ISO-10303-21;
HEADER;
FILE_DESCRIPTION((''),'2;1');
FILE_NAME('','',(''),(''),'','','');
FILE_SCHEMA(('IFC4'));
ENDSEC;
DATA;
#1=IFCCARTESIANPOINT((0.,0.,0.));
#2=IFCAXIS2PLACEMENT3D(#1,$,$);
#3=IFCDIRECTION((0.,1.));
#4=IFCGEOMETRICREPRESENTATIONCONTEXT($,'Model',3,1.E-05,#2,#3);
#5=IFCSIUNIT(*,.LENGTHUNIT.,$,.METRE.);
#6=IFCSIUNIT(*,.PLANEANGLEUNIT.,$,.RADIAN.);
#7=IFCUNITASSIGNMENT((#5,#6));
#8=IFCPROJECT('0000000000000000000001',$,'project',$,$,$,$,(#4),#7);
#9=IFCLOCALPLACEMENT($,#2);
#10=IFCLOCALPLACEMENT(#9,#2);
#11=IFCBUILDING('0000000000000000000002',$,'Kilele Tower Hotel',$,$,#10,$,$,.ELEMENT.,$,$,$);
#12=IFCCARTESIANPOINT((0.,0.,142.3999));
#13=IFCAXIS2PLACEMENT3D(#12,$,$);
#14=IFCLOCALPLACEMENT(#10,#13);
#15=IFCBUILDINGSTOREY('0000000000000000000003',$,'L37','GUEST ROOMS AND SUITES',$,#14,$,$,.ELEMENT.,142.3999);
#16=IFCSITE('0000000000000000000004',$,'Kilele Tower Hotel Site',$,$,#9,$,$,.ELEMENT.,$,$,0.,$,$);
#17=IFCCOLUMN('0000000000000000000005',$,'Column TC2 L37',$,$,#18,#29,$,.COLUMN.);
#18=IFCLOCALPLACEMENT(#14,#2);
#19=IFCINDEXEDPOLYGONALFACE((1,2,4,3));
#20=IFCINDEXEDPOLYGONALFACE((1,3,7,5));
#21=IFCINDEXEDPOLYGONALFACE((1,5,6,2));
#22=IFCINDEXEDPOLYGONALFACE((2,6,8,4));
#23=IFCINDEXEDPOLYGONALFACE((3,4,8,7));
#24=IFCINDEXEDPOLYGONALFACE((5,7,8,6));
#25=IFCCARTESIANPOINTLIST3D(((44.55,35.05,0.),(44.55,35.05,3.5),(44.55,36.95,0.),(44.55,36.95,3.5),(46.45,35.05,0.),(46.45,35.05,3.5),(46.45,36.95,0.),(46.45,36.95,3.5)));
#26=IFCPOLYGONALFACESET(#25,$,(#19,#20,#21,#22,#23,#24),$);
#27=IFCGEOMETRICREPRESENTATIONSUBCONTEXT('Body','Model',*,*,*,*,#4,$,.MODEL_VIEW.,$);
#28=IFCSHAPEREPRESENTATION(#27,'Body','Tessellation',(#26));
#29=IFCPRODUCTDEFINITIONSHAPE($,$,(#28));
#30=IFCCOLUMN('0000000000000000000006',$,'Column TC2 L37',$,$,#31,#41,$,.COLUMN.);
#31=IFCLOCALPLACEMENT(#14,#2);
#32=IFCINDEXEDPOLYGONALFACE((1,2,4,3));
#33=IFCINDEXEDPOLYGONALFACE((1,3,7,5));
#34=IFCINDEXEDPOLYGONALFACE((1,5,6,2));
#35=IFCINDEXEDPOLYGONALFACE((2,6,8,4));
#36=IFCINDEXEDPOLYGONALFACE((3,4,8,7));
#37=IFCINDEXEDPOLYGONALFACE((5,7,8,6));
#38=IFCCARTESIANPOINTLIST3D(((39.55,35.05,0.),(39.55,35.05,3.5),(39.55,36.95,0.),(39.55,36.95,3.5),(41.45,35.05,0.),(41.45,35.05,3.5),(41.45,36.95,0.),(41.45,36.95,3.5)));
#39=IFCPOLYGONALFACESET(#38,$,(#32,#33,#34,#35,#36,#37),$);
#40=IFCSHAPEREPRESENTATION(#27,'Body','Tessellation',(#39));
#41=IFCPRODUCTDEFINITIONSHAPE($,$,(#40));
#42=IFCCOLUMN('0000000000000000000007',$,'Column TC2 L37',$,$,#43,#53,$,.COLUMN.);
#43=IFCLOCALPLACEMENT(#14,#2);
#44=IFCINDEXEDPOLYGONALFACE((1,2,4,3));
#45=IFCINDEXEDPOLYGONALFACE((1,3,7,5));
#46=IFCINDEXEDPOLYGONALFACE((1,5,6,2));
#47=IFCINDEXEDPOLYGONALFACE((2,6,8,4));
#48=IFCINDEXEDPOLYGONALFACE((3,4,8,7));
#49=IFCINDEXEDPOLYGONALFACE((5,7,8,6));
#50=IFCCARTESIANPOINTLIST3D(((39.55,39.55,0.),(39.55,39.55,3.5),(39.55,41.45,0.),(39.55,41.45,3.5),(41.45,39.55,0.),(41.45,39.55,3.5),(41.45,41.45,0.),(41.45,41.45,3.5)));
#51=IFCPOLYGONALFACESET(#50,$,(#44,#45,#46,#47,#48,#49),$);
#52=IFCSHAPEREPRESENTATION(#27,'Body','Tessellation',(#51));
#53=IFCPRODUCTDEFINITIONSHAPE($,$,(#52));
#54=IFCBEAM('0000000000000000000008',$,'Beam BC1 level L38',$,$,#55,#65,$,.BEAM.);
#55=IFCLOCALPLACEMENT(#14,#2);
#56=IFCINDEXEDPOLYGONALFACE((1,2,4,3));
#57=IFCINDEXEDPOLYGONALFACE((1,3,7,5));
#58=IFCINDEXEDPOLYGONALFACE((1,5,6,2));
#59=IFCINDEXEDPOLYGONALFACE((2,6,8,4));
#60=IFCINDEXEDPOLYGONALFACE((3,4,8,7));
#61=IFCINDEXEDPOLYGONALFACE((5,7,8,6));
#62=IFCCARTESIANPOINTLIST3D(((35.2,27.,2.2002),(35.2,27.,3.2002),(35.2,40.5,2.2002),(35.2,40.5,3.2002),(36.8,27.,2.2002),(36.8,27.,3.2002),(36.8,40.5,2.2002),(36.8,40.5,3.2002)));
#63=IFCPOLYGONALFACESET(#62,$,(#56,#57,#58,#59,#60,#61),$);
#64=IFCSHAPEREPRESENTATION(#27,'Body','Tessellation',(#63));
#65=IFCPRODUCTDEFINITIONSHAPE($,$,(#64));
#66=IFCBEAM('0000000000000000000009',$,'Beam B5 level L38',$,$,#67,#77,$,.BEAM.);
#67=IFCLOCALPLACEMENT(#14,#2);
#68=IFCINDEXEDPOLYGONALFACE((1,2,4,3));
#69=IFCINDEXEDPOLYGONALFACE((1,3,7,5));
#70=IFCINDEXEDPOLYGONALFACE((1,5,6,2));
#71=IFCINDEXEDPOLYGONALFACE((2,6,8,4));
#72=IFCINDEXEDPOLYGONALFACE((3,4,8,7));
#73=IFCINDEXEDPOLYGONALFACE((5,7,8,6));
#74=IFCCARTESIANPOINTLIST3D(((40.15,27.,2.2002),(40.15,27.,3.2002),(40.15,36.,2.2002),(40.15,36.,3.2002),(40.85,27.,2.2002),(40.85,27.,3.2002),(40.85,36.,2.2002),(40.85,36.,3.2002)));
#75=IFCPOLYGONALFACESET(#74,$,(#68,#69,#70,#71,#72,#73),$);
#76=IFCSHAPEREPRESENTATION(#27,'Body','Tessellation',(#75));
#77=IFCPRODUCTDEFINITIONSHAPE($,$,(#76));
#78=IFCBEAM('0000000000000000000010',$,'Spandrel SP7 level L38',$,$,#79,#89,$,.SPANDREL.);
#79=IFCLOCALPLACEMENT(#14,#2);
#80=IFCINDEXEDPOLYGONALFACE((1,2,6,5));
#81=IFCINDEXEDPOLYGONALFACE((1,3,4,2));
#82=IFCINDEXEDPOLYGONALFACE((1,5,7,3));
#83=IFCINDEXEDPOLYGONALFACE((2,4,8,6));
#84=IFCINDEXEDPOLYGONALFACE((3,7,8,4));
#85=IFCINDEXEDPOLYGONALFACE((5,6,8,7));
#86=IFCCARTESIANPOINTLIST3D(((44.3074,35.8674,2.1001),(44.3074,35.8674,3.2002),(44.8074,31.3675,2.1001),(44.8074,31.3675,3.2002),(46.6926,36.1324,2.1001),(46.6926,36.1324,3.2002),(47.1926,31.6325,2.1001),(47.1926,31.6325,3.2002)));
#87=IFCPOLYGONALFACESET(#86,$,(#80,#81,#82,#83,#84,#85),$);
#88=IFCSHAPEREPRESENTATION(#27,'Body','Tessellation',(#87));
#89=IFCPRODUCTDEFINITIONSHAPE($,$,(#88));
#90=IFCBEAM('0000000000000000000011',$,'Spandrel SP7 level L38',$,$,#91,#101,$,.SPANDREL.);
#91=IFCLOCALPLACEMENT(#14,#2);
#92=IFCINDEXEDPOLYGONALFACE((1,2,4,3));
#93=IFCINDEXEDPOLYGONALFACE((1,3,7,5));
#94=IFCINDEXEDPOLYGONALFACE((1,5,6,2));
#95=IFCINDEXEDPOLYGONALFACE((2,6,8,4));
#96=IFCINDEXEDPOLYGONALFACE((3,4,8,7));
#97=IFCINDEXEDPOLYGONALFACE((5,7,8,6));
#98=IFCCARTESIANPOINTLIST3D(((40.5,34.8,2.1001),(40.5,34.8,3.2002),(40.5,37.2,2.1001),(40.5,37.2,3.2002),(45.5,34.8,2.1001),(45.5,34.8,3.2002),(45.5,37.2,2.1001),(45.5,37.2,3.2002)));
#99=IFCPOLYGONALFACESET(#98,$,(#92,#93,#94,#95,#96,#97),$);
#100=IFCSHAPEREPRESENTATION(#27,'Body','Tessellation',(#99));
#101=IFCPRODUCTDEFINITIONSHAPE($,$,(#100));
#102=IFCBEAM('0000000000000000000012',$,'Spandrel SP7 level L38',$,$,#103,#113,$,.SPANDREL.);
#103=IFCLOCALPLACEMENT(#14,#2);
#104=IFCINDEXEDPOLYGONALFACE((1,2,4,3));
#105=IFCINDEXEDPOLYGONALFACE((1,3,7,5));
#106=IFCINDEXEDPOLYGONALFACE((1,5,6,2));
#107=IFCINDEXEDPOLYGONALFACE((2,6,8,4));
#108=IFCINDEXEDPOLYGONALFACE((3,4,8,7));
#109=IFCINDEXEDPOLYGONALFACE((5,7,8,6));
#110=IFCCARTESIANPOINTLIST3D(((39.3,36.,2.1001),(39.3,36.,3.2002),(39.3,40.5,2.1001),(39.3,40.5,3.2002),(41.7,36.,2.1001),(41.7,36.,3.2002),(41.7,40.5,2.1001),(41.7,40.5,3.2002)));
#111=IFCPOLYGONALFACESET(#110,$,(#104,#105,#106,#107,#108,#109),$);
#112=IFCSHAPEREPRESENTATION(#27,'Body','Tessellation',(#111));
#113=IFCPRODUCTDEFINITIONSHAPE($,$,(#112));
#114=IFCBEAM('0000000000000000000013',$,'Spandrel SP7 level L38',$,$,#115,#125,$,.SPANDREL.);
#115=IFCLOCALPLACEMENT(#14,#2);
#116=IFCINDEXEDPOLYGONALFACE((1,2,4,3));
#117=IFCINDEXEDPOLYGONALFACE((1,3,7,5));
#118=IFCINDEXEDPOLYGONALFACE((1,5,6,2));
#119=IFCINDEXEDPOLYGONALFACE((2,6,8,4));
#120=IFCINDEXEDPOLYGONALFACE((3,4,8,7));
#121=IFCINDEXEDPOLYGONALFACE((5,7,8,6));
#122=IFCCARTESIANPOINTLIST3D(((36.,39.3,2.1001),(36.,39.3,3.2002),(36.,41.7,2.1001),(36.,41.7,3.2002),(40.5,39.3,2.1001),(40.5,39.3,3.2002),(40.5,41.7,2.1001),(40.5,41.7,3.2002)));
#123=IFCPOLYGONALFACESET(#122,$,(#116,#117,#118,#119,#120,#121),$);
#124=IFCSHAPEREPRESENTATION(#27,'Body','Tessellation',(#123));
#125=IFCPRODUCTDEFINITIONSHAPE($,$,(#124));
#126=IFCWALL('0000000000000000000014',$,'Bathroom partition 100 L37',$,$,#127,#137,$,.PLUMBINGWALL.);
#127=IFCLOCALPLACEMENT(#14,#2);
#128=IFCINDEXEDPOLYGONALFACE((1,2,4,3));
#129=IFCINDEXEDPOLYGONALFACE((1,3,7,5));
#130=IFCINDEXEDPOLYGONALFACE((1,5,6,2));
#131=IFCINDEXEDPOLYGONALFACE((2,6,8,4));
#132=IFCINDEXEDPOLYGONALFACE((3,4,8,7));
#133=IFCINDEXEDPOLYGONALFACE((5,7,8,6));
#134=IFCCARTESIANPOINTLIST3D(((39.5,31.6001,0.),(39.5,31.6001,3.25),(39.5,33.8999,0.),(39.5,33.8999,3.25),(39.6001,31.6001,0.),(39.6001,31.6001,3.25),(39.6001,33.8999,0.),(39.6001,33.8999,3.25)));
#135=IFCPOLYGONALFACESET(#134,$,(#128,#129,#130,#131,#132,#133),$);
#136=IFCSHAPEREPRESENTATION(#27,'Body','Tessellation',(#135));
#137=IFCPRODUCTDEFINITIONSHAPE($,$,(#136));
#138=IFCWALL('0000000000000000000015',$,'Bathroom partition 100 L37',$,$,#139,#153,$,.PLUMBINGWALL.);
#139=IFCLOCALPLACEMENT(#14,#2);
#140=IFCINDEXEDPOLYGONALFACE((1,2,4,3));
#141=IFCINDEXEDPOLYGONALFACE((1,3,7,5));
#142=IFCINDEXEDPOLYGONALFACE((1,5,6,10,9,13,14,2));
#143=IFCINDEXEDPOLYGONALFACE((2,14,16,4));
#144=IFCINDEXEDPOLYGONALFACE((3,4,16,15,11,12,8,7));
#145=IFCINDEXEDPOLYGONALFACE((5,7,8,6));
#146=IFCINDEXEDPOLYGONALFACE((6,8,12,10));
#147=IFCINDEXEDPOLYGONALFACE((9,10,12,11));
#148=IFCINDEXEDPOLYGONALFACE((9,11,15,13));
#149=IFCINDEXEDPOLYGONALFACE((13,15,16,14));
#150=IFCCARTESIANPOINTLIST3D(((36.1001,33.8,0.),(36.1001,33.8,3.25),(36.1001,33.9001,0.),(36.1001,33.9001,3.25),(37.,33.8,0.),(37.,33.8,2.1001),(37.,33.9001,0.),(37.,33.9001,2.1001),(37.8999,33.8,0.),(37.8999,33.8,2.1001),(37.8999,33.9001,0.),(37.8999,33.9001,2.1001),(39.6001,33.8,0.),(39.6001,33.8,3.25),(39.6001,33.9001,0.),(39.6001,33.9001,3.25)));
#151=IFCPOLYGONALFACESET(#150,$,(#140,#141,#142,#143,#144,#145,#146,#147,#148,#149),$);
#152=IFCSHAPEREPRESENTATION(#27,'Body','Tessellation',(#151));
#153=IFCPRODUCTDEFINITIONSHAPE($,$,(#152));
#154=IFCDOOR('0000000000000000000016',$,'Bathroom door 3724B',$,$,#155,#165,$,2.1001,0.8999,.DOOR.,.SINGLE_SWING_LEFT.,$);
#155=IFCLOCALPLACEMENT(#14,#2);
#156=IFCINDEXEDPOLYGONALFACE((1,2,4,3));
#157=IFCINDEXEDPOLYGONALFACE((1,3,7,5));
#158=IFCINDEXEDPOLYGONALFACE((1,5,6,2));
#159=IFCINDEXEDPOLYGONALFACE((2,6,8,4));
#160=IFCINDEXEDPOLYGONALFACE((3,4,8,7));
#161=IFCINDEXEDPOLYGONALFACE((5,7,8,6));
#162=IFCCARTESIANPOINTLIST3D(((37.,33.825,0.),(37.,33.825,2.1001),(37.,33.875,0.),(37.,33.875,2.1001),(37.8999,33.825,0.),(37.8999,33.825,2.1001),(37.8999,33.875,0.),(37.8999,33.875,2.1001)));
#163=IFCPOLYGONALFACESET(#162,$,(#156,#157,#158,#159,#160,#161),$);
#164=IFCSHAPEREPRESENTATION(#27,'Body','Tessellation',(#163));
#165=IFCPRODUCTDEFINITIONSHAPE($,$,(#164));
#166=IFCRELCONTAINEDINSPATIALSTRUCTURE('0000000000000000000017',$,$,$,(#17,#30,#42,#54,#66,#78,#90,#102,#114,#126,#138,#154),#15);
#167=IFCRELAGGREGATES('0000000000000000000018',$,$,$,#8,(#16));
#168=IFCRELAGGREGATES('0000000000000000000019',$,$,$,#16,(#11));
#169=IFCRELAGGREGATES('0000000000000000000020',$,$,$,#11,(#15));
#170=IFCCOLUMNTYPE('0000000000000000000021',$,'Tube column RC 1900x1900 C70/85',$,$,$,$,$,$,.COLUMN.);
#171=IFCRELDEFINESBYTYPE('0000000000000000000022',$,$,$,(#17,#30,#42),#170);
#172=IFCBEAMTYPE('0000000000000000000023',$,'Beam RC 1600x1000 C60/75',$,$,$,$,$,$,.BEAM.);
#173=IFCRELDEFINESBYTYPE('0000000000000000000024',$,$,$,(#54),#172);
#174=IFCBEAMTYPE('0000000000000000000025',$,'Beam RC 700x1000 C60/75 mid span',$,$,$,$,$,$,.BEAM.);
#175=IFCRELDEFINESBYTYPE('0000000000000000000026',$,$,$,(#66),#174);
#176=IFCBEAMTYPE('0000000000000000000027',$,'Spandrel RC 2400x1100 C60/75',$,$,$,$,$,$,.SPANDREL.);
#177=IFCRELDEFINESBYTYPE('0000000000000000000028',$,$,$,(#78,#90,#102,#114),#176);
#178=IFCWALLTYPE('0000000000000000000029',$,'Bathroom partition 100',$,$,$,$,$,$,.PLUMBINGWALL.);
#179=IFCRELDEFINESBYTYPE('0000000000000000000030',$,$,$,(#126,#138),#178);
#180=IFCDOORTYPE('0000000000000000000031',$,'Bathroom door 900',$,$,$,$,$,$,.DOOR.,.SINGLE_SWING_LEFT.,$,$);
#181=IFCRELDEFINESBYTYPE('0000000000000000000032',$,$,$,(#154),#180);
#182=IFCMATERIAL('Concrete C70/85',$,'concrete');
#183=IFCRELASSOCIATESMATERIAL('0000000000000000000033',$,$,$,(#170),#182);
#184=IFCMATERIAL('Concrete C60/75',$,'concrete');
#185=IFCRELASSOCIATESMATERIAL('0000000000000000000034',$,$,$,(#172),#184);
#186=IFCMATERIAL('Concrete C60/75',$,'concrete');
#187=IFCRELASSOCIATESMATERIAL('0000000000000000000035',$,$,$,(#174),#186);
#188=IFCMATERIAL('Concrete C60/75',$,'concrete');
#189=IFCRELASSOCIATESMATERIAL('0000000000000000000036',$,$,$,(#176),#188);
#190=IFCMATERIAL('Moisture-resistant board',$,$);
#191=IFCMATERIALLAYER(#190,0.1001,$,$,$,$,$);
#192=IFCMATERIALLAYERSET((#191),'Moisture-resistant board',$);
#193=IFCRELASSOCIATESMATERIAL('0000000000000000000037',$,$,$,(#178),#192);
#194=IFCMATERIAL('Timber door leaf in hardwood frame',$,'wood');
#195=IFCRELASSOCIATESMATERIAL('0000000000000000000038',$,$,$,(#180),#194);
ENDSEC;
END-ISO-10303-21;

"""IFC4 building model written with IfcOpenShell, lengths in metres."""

from ifc_helpers import new_model, si_unit, direction, frame, frame_2d, origin, origin_2d, place, context, subcontext, project, spatial, rectangle, extrude, material, layer, layer_set, material_profile, profile_set, type_object, element, fill, save


model = new_model("IFC4")

# Units and contexts
model_context = context("Model", 3, precision=1e-05, world=origin(), true_north=direction((0.0, 1.0)))
body_context = subcontext(model_context, "Body", "Model", "MODEL_VIEW")
ifc_project = project(units=[si_unit("LENGTHUNIT", "METRE"), si_unit("PLANEANGLEUNIT", "RADIAN")], contexts=[model_context])

# Site, building, storey
site_placement = place(None, origin())
site = spatial("IfcSite", under=ifc_project, at=site_placement, Name="Kilele Tower Hotel Site", CompositionType="ELEMENT", RefElevation=0.0)
building_placement = place(site_placement, origin())
building = spatial("IfcBuilding", under=site, at=building_placement, Name="Kilele Tower Hotel", CompositionType="ELEMENT")
storey_placement = place(building_placement, frame((0.0, 0.0, 142.3999)))
storey = spatial("IfcBuildingStorey", under=building, at=storey_placement, Name="L37", Description="GUEST ROOMS AND SUITES", CompositionType="ELEMENT", Elevation=142.3999)

# Columns
ifc_material_1 = material(Name="Concrete C70/85", Category="concrete")
ifc_material_profile_1 = material_profile(ifc_material_1, rectangle(XDim=1.8999, YDim=1.8999, at=origin_2d()))
ifc_profile_set_1 = profile_set([ifc_material_profile_1], Name="Concrete C70/85")
column_type = type_object("IfcColumnType", Name="Tube column RC 1900x1900 C70/85", PredefinedType="COLUMN", material=ifc_profile_set_1)
for number, where, z_axis, x_axis, name in (
    (1, (45.5, 36.0, 0.0), (0.0, 0.0, 1.0), (1.0, 0.0, 0.0), "Column TC2 L37"),
    (2, (40.5, 36.0, 0.0), (0.0, 0.0, 1.0), (1.0, 0.0, 0.0), "Column TC2 L37"),
    (3, (40.5, 40.5, 0.0), (0.0, 0.0, 1.0), (1.0, 0.0, 0.0), "Column TC2 L37"),
):
    element("IfcColumn", number, at=place(storey_placement, frame(where, z_axis=z_axis, x_axis=x_axis)), inside=storey, type_object=column_type, Name=name, PredefinedType="COLUMN", context=body_context, shape_type="SweptSolid", body=[
        extrude(rectangle(XDim=1.8999, YDim=1.8999, at=origin_2d()), origin(), (0.0, 0.0, 1.0), 3.5),
    ])

# Beams
ifc_material_2 = material(Name="Concrete C60/75", Category="concrete")
ifc_material_profile_2 = material_profile(ifc_material_2, rectangle(XDim=1.6001, YDim=1.0, at=origin_2d()))
ifc_profile_set_2 = profile_set([ifc_material_profile_2], Name="Concrete C60/75")
beam_type_1 = type_object("IfcBeamType", Name="Beam RC 1600x1000 C60/75", PredefinedType="BEAM", material=ifc_profile_set_2)
beam_1_placement = place(storey_placement, frame((36.0, 40.5, 2.7002), z_axis=(0.0, -1.0, 0.0), x_axis=(1.0, 0.0, 0.0)))
element("IfcBeam", 4, at=beam_1_placement, inside=storey, type_object=beam_type_1, Name="Beam BC1 level L38", PredefinedType="BEAM", context=body_context, shape_type="SweptSolid", body=[
    extrude(rectangle(XDim=1.6001, YDim=1.0, at=origin_2d()), origin(), (0.0, 0.0, 1.0), 13.5),
])
ifc_material_3 = material(Name="Concrete C60/75", Category="concrete")
ifc_material_profile_3 = material_profile(ifc_material_3, rectangle(XDim=0.7, YDim=1.0, at=origin_2d()))
ifc_profile_set_3 = profile_set([ifc_material_profile_3], Name="Concrete C60/75")
beam_type_2 = type_object("IfcBeamType", Name="Beam RC 700x1000 C60/75 mid span", PredefinedType="BEAM", material=ifc_profile_set_3)
beam_2_placement = place(storey_placement, frame((40.5, 36.0, 2.7002), z_axis=(0.0, -1.0, 0.0), x_axis=(1.0, 0.0, 0.0)))
element("IfcBeam", 5, at=beam_2_placement, inside=storey, type_object=beam_type_2, Name="Beam B5 level L38", PredefinedType="BEAM", context=body_context, shape_type="SweptSolid", body=[
    extrude(rectangle(XDim=0.7, YDim=1.0, at=origin_2d()), origin(), (0.0, 0.0, 1.0), 9.0),
])
ifc_material_4 = material(Name="Concrete C60/75", Category="concrete")
ifc_material_profile_4 = material_profile(ifc_material_4, rectangle(XDim=2.3999, YDim=1.1001, at=origin_2d()))
ifc_profile_set_4 = profile_set([ifc_material_profile_4], Name="Concrete C60/75")
beam_type_3 = type_object("IfcBeamType", Name="Spandrel RC 2400x1100 C60/75", PredefinedType="SPANDREL", material=ifc_profile_set_4)
beam_3_placement = place(storey_placement, frame((46.0, 31.5, 2.6501), z_axis=(-0.110432, 0.993884, 0.0), x_axis=(-0.993884, -0.110432, 0.0)))
element("IfcBeam", 6, at=beam_3_placement, inside=storey, type_object=beam_type_3, Name="Spandrel SP7 level L38", PredefinedType="SPANDREL", context=body_context, shape_type="SweptSolid", body=[
    extrude(rectangle(XDim=2.3999, YDim=1.1001, at=origin_2d()), origin(), (0.0, 0.0, 1.0), 4.5276),
])
beam_4_placement = place(storey_placement, frame((45.5, 36.0, 2.6501), z_axis=(-1.0, 0.0, 0.0), x_axis=(0.0, -1.0, 0.0)))
element("IfcBeam", 7, at=beam_4_placement, inside=storey, type_object=beam_type_3, Name="Spandrel SP7 level L38", PredefinedType="SPANDREL", context=body_context, shape_type="SweptSolid", body=[
    extrude(rectangle(XDim=2.3999, YDim=1.1001, at=origin_2d()), origin(), (0.0, 0.0, 1.0), 5.0),
])
for number, where, z_axis, x_axis, name in (
    (8, (40.5, 36.0, 2.6501), (0.0, 1.0, 0.0), (-1.0, 0.0, 0.0), "Spandrel SP7 level L38"),
    (9, (40.5, 40.5, 2.6501), (-1.0, 0.0, 0.0), (0.0, -1.0, 0.0), "Spandrel SP7 level L38"),
):
    element("IfcBeam", number, at=place(storey_placement, frame(where, z_axis=z_axis, x_axis=x_axis)), inside=storey, type_object=beam_type_3, Name=name, PredefinedType="SPANDREL", context=body_context, shape_type="SweptSolid", body=[
        extrude(rectangle(XDim=2.3999, YDim=1.1001, at=origin_2d()), origin(), (0.0, 0.0, 1.0), 4.5),
    ])

# Wall
ifc_material_5 = material(Name="Moisture-resistant board")
ifc_layer_1 = layer(ifc_material_5, 0.1001)
ifc_layer_set_1 = layer_set([ifc_layer_1], Name="Moisture-resistant board")
wall_type_1 = type_object("IfcWallType", Name="Bathroom partition 100", PredefinedType="PLUMBINGWALL", material=ifc_layer_set_1)
wall_1_placement = place(storey_placement, frame((39.55, 31.6001, 0.0), z_axis=(0.0, 0.0, 1.0), x_axis=(0.0, 1.0, 0.0)))
element("IfcWall", 10, at=wall_1_placement, inside=storey, type_object=wall_type_1, Name="Bathroom partition 100 L37", PredefinedType="PLUMBINGWALL", context=body_context, shape_type="SweptSolid", body=[
    extrude(rectangle(XDim=2.2998, YDim=0.1001, at=frame_2d((1.1499, 0.0))), origin(), (0.0, 0.0, 1.0), 3.25),
])

# Wall, opening, door
wall_2_placement = place(storey_placement, frame((36.1001, 33.8501, 0.0), z_axis=(0.0, 0.0, 1.0), x_axis=(1.0, 0.0, 0.0)))
wall_2 = element("IfcWall", 11, at=wall_2_placement, inside=storey, type_object=wall_type_1, Name="Bathroom partition 100 L37", PredefinedType="PLUMBINGWALL", context=body_context, shape_type="SweptSolid", body=[
    extrude(rectangle(XDim=3.5, YDim=0.1001, at=frame_2d((1.75, 0.0))), origin(), (0.0, 0.0, 1.0), 3.25),
])
opening_1_placement = place(wall_2_placement, frame((0.8999, 0.0, 0.0)))
opening_1 = element("IfcOpeningElement", 12, at=opening_1_placement, cuts=wall_2, PredefinedType="OPENING", context=body_context, shape_type="SweptSolid", body=[
    extrude(rectangle(XDim=0.8999, YDim=2.1001, at=frame_2d((0.45, 1.05))), frame((0.0, 0.0601, 0.0), z_axis=(0.0, -1.0, 0.0), x_axis=(1.0, 0.0, 0.0)), (0.0, 0.0, 1.0), 0.1201),
])
ifc_material_6 = material(Name="Timber door leaf in hardwood frame", Category="wood")
door_type_1 = type_object("IfcDoorType", Name="Bathroom door 900", OperationType="SINGLE_SWING_LEFT", PredefinedType="DOOR", material=ifc_material_6)
door_1_placement = place(opening_1_placement, origin())
door_1 = element("IfcDoor", 13, at=door_1_placement, inside=storey, type_object=door_type_1, Name="Bathroom door 3724B", OperationType="SINGLE_SWING_LEFT", OverallHeight=2.1001, OverallWidth=0.8999, PredefinedType="DOOR", context=body_context, shape_type="SweptSolid", body=[
    extrude(rectangle(XDim=0.8999, YDim=2.1001, at=frame_2d((0.45, 1.05))), frame((0.0, 0.0249, 0.0), z_axis=(0.0, -1.0, 0.0), x_axis=(1.0, 0.0, 0.0)), (0.0, 0.0, 1.0), 0.05),
])
fill(opening_1, door_1)

save(model, "model.ifc")
